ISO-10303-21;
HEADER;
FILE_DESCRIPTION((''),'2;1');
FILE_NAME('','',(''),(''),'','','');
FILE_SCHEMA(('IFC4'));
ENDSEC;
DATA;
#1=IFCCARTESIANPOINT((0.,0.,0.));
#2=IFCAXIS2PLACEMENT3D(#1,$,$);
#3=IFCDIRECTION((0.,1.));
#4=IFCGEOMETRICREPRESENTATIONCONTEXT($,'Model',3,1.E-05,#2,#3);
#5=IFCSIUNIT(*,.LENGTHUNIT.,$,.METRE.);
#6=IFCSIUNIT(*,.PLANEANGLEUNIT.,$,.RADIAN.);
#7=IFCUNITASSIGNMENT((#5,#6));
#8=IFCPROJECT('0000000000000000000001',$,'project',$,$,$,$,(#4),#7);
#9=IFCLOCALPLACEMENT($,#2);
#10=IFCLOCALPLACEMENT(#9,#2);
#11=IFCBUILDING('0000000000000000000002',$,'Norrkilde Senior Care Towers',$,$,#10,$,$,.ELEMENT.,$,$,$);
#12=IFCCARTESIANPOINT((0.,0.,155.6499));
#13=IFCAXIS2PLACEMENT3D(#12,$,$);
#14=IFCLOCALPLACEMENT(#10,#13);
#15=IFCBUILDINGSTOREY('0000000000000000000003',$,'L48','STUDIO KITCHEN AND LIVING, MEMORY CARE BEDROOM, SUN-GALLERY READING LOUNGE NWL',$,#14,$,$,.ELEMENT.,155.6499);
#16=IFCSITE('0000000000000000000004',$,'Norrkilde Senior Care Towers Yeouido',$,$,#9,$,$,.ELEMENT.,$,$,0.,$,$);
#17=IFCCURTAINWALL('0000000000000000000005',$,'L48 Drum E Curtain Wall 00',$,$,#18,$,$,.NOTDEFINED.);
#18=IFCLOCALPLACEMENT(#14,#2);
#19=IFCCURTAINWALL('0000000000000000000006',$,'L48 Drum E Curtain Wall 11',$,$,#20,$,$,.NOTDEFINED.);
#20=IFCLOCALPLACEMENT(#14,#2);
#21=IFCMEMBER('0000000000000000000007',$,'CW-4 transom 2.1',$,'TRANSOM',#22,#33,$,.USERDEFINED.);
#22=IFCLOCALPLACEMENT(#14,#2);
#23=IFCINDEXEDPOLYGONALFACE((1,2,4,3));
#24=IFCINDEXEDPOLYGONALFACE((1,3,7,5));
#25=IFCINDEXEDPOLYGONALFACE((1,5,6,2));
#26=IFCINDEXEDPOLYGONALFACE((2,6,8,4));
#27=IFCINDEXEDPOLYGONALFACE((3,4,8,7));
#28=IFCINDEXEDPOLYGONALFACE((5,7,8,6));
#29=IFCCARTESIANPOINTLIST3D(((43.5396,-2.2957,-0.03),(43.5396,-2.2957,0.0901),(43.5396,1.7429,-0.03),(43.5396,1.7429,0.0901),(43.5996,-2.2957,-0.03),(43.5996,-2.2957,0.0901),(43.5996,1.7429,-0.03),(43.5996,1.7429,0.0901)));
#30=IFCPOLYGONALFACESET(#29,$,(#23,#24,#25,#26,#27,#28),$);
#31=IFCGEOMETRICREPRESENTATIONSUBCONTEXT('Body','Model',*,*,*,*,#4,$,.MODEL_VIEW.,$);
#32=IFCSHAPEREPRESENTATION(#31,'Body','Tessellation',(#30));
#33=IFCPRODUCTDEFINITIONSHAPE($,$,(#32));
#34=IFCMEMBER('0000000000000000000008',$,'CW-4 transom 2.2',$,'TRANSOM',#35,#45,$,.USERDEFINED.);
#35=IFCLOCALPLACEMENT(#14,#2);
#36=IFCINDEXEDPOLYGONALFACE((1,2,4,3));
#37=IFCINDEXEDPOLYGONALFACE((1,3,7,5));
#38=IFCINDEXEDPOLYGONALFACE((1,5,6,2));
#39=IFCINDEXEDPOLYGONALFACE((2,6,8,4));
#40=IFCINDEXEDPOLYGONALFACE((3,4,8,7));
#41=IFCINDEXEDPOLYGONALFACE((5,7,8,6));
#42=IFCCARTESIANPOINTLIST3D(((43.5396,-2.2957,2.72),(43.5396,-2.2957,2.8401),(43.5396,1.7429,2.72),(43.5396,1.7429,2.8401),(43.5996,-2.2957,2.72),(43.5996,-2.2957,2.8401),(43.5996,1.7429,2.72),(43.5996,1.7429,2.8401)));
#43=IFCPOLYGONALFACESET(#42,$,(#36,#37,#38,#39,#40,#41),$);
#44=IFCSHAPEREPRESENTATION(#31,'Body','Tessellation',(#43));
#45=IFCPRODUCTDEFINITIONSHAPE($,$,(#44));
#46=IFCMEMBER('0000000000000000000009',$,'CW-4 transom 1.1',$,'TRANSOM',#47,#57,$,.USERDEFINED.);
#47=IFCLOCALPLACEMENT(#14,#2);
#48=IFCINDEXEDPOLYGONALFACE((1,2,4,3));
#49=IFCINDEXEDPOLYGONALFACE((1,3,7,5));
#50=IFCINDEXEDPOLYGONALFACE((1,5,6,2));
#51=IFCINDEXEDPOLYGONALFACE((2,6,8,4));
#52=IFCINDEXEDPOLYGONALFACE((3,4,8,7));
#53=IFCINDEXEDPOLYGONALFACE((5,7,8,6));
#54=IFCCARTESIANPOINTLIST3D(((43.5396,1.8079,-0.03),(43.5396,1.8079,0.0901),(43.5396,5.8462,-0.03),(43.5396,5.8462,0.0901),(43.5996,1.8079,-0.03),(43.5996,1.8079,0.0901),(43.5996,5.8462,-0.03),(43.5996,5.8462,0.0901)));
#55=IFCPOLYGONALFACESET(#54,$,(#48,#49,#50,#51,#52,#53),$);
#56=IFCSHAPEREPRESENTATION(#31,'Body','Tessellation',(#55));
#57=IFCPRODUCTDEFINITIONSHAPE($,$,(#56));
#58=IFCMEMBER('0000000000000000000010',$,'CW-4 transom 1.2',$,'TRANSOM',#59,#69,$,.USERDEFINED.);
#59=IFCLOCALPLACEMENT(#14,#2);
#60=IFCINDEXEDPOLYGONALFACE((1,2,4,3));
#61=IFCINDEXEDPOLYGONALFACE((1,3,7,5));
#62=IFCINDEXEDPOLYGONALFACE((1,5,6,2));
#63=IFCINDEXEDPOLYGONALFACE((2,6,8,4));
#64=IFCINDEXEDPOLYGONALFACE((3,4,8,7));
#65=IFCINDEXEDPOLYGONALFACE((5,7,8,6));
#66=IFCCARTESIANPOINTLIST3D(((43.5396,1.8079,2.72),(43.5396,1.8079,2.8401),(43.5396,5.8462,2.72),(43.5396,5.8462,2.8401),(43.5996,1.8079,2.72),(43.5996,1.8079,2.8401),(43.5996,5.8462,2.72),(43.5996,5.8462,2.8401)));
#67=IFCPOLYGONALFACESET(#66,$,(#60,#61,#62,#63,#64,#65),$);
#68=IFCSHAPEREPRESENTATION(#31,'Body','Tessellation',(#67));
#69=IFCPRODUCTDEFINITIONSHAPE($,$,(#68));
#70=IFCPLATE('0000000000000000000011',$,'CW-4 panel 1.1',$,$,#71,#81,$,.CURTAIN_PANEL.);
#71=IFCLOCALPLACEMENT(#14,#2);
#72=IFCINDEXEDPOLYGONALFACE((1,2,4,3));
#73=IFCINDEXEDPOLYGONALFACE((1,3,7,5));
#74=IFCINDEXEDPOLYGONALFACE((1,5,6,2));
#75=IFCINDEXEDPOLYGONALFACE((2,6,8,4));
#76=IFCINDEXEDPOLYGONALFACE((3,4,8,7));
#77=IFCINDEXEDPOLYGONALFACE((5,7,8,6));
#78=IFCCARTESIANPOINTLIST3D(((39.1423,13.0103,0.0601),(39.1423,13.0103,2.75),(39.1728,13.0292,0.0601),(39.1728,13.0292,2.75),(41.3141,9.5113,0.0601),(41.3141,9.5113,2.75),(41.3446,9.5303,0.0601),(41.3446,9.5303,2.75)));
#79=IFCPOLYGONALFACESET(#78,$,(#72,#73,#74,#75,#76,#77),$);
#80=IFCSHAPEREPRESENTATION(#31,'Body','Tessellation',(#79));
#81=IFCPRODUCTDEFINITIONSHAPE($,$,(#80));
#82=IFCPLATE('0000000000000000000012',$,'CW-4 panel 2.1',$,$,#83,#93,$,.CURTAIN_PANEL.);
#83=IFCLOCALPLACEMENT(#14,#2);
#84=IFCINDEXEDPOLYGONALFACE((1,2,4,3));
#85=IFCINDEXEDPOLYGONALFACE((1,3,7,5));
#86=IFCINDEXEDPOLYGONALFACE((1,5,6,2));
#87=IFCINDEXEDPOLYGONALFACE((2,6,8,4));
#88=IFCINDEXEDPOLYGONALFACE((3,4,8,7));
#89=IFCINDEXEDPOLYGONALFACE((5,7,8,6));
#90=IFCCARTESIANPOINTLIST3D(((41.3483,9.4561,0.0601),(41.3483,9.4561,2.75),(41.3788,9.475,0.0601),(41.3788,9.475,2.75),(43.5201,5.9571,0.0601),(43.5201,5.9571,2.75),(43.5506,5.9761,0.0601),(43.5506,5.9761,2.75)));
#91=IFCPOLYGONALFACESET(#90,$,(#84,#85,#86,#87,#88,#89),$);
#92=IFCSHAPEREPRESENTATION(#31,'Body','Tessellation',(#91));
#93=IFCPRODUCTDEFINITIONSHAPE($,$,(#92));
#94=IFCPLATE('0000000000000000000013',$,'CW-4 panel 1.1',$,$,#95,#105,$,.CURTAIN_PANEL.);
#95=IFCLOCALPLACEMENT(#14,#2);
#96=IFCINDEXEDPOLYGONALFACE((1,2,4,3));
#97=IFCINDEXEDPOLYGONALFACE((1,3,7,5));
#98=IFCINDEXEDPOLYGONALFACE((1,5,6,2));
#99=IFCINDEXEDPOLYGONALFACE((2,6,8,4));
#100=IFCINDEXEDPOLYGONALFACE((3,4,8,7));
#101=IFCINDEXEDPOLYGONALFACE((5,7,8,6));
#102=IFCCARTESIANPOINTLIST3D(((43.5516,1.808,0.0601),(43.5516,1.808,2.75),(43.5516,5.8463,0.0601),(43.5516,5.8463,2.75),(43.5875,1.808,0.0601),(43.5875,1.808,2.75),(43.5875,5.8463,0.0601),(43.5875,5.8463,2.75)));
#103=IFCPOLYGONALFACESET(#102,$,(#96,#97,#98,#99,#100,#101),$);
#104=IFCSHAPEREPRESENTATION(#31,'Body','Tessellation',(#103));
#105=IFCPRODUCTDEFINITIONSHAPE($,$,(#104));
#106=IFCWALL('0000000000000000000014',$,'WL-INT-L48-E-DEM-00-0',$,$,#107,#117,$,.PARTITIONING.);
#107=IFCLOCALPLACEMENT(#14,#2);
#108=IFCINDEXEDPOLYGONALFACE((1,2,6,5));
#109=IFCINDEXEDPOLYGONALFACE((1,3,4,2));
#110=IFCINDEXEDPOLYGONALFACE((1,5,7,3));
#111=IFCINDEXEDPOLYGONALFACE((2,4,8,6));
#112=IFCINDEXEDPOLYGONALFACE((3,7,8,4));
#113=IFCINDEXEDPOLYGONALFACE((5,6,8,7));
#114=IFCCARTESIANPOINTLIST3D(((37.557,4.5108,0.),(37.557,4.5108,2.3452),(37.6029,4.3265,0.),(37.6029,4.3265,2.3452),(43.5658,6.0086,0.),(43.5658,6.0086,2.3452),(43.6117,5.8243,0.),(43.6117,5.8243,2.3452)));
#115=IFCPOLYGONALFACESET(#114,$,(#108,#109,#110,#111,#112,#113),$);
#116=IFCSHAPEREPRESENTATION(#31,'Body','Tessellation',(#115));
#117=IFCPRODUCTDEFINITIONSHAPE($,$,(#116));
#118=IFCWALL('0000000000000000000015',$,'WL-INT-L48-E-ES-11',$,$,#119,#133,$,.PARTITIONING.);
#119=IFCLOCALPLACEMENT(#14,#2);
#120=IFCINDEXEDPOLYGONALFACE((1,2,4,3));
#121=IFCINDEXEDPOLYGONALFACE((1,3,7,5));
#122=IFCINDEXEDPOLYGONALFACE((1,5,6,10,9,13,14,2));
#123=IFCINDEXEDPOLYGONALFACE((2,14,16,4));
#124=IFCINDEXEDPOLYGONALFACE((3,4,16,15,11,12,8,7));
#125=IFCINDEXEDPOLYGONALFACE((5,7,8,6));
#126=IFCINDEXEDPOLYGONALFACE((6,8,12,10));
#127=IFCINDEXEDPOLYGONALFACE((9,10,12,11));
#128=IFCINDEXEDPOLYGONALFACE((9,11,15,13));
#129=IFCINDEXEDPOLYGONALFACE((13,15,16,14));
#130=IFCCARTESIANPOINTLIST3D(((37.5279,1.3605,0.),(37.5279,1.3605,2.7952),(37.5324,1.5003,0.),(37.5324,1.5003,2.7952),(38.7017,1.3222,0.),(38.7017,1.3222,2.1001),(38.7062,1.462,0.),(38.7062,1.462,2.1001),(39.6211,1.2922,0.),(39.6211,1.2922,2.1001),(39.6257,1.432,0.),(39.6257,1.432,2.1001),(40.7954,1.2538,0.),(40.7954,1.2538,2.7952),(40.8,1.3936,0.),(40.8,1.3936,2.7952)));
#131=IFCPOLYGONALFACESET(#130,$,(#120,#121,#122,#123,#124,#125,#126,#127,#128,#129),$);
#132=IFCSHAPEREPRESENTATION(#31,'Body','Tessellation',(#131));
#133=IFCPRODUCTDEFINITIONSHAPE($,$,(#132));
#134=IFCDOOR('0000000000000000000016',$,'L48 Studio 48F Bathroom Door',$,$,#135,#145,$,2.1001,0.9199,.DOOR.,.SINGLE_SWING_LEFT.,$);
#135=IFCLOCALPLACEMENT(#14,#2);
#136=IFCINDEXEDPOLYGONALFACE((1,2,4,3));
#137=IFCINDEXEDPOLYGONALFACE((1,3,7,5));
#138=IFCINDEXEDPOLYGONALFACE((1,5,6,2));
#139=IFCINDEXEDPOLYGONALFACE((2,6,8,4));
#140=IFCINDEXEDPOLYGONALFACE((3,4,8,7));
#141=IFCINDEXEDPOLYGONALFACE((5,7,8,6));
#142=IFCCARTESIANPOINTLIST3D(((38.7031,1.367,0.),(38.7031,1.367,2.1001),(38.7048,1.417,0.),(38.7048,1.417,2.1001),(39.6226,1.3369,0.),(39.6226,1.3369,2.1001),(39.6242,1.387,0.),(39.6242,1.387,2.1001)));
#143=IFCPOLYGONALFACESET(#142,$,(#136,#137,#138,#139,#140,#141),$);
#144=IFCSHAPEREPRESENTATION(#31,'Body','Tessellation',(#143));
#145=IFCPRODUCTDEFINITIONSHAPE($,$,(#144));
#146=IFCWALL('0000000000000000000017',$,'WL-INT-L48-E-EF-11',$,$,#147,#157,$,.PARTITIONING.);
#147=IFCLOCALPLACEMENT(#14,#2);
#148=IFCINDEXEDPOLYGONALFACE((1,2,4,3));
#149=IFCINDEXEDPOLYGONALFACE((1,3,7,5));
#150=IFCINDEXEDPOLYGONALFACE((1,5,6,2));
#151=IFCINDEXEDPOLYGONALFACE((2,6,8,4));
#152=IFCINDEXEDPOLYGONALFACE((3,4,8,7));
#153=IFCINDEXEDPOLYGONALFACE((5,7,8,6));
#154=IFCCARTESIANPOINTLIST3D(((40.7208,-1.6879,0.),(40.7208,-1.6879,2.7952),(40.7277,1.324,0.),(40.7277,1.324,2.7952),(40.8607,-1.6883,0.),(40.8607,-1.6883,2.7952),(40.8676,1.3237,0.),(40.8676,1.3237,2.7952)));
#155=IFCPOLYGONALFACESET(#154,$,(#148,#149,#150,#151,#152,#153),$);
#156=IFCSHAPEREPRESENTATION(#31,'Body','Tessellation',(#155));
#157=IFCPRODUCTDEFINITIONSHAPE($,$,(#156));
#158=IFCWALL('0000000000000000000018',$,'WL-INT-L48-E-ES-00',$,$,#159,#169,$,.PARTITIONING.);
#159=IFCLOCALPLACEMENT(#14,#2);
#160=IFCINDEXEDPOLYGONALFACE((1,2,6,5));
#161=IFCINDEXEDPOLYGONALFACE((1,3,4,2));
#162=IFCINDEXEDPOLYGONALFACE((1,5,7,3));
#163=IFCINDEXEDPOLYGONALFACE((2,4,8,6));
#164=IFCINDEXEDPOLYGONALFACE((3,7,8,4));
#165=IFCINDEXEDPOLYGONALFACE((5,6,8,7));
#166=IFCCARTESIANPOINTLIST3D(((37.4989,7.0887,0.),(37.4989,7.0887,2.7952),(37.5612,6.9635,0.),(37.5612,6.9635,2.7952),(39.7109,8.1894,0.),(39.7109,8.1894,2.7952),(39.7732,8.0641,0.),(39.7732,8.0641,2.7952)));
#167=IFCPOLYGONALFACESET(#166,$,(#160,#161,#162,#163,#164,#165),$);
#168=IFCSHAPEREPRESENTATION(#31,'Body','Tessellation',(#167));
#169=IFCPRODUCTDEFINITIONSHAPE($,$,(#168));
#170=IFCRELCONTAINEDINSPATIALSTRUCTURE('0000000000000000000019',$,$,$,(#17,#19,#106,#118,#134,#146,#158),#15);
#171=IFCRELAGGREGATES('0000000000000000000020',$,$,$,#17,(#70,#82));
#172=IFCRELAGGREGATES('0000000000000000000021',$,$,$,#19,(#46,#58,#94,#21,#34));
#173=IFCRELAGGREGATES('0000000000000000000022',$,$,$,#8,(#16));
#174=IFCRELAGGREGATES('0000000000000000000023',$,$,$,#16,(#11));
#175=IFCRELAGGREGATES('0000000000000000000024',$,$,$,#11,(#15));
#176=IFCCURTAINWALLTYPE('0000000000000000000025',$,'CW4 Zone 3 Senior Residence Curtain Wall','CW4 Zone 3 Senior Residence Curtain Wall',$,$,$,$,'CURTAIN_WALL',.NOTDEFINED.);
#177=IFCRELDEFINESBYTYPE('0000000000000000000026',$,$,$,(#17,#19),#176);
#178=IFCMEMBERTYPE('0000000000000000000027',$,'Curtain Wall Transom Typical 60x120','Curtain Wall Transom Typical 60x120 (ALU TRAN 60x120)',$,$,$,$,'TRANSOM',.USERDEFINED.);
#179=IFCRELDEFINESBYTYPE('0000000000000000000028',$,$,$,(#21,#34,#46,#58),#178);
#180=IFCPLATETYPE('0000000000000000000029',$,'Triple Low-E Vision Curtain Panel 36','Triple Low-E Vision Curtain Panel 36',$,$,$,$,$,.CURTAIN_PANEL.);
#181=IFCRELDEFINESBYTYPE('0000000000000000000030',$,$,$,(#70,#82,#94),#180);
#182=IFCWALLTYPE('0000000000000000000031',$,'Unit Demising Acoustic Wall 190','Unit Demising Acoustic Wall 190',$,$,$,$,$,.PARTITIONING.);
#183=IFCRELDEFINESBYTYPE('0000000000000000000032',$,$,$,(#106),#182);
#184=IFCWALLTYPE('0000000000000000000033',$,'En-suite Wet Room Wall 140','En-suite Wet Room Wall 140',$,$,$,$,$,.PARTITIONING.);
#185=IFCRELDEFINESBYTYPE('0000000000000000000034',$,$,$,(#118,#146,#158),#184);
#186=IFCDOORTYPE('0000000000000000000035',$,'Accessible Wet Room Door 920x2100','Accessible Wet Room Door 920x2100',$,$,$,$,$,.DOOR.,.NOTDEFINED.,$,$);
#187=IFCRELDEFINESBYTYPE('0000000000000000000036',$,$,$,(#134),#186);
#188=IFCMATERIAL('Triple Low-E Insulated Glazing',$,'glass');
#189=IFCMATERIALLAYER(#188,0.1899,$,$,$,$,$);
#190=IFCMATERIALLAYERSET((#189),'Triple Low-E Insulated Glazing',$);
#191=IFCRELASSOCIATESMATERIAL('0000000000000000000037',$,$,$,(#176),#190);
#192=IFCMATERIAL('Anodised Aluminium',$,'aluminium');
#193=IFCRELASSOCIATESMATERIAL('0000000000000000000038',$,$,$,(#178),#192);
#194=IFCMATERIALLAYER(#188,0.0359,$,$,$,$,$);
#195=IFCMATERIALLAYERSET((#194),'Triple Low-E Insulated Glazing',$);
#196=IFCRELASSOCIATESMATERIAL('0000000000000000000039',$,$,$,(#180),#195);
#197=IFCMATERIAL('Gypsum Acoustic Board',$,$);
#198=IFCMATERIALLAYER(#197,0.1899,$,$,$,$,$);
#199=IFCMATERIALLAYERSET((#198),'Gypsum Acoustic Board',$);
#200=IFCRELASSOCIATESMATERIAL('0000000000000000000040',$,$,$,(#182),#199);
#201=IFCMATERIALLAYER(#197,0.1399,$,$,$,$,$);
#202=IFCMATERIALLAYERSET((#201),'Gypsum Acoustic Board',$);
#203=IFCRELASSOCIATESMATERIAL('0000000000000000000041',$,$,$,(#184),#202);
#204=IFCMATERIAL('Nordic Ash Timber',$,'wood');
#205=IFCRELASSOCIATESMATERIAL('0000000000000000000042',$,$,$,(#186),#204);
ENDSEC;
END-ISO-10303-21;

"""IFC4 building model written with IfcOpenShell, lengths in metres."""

from ifc_helpers import new_model, si_unit, direction, frame, frame_2d, origin, origin_2d, place, context, subcontext, project, spatial, rectangle, extrude, source, transform, mapped, material, layer, layer_set, material_profile, profile_set, type_object, type_shapes, element, fill, aggregate, save


model = new_model("IFC4")

# Units and contexts
model_context = context("Model", 3, precision=1e-05, world=origin(), true_north=direction((0.0, 1.0)))
body_context = subcontext(model_context, "Body", "Model", "MODEL_VIEW")
ifc_project = project(units=[si_unit("LENGTHUNIT", "METRE"), si_unit("PLANEANGLEUNIT", "RADIAN")], contexts=[model_context])

# Site, building, storey
site_placement = place(None, origin())
site = spatial("IfcSite", under=ifc_project, at=site_placement, Name="Norrkilde Senior Care Towers Yeouido", CompositionType="ELEMENT", RefElevation=0.0)
building_placement = place(site_placement, origin())
building = spatial("IfcBuilding", under=site, at=building_placement, Name="Norrkilde Senior Care Towers", CompositionType="ELEMENT")
storey_placement = place(building_placement, frame((0.0, 0.0, 155.6499)))
storey = spatial("IfcBuildingStorey", under=building, at=storey_placement, Name="L48", Description="STUDIO KITCHEN AND LIVING, MEMORY CARE BEDROOM, SUN-GALLERY READING LOUNGE NWL", CompositionType="ELEMENT", Elevation=155.6499)

# Curtain wall
ifc_material_1 = material(Name="Triple Low-E Insulated Glazing", Category="glass")
ifc_layer_1 = layer(ifc_material_1, 0.1899)
ifc_layer_set_1 = layer_set([ifc_layer_1], Name="Triple Low-E Insulated Glazing")
curtain_wall_type = type_object("IfcCurtainWallType", Name="CW4 Zone 3 Senior Residence Curtain Wall", Description="CW4 Zone 3 Senior Residence Curtain Wall", ElementType="CURTAIN_WALL", PredefinedType="NOTDEFINED", material=ifc_layer_set_1)
curtain_wall_1_placement = place(storey_placement, origin())
curtain_wall_1 = element("IfcCurtainWall", 1, at=curtain_wall_1_placement, inside=storey, type_object=curtain_wall_type, Name="L48 Drum E Curtain Wall 00", PredefinedType="NOTDEFINED")
ifc_material_2 = material(Name="Anodised Aluminium", Category="aluminium")

# Curtain wall
curtain_wall_2_placement = place(storey_placement, origin())
curtain_wall_2 = element("IfcCurtainWall", 2, at=curtain_wall_2_placement, inside=storey, type_object=curtain_wall_type, Name="L48 Drum E Curtain Wall 11", PredefinedType="NOTDEFINED")

# Members
ifc_material_profile_1 = material_profile(ifc_material_2, rectangle(XDim=0.0601, YDim=0.1201, at=origin_2d()), Name="ALU TRAN 60x120")
ifc_profile_set_1 = profile_set([ifc_material_profile_1], Name="Anodised Aluminium")
member_type_1 = type_object("IfcMemberType", Name="Curtain Wall Transom Typical 60x120", Description="Curtain Wall Transom Typical 60x120 (ALU TRAN 60x120)", ElementType="TRANSOM", PredefinedType="USERDEFINED", material=ifc_profile_set_1)
shared_shape_1 = source(origin(), body_context, "Body", "SweptSolid", [
    extrude(rectangle(XDim=0.0601, YDim=0.1201, at=origin_2d()), origin(), (0.0, 0.0, 1.0), 4.0386),
])
member_1_placement = place(storey_placement, frame((43.5696, 1.7429, 0.03), z_axis=(0.0, -1.0, 0.0), x_axis=(1.0, 0.0, 0.0)))
member_1 = element("IfcMember", 3, at=member_1_placement, type_object=member_type_1, Name="CW-4 transom 2.1", ObjectType="TRANSOM", PredefinedType="USERDEFINED", context=body_context, shape_type="MappedRepresentation", body=[
    mapped(shared_shape_1, transform((0.0, 0.0, 0.0), x_axis=(1.0, 0.0, 0.0), y_axis=(0.0, 1.0, 0.0), z_axis=(0.0, 0.0, 1.0), scale=1.0)),
])
member_2_placement = place(storey_placement, frame((43.5696, 1.7429, 2.78), z_axis=(0.0, -1.0, 0.0), x_axis=(1.0, 0.0, 0.0)))
member_2 = element("IfcMember", 4, at=member_2_placement, type_object=member_type_1, Name="CW-4 transom 2.2", ObjectType="TRANSOM", PredefinedType="USERDEFINED", context=body_context, shape_type="MappedRepresentation", body=[
    mapped(shared_shape_1, transform((0.0, 0.0, 0.0), x_axis=(1.0, 0.0, 0.0), y_axis=(0.0, 1.0, 0.0), z_axis=(0.0, 0.0, 1.0), scale=1.0)),
])
shared_shape_2 = source(origin(), body_context, "Body", "SweptSolid", [
    extrude(rectangle(XDim=0.0601, YDim=0.1201, at=origin_2d()), origin(), (0.0, 0.0, 1.0), 4.0383),
])
member_3_placement = place(storey_placement, frame((43.5696, 5.8462, 0.03), z_axis=(0.0, -1.0, 0.0), x_axis=(1.0, 0.0, 0.0)))
member_3 = element("IfcMember", 5, at=member_3_placement, type_object=member_type_1, Name="CW-4 transom 1.1", ObjectType="TRANSOM", PredefinedType="USERDEFINED", context=body_context, shape_type="MappedRepresentation", body=[
    mapped(shared_shape_2, transform((0.0, 0.0, 0.0), x_axis=(1.0, 0.0, 0.0), y_axis=(0.0, 1.0, 0.0), z_axis=(0.0, 0.0, 1.0), scale=1.0)),
])
member_4_placement = place(storey_placement, frame((43.5696, 5.8462, 2.78), z_axis=(0.0, -1.0, 0.0), x_axis=(1.0, 0.0, 0.0)))
member_4 = element("IfcMember", 6, at=member_4_placement, type_object=member_type_1, Name="CW-4 transom 1.2", ObjectType="TRANSOM", PredefinedType="USERDEFINED", context=body_context, shape_type="MappedRepresentation", body=[
    mapped(shared_shape_2, transform((0.0, 0.0, 0.0), x_axis=(1.0, 0.0, 0.0), y_axis=(0.0, 1.0, 0.0), z_axis=(0.0, 0.0, 1.0), scale=1.0)),
])

# Plates
ifc_layer_2 = layer(ifc_material_1, 0.0359)
ifc_layer_set_2 = layer_set([ifc_layer_2], Name="Triple Low-E Insulated Glazing")
plate_type = type_object("IfcPlateType", Name="Triple Low-E Vision Curtain Panel 36", Description="Triple Low-E Vision Curtain Panel 36", PredefinedType="CURTAIN_PANEL", material=ifc_layer_set_2)
shared_shape_3 = source(origin(), body_context, "Body", "SweptSolid", [
    extrude(rectangle(XDim=4.1182, YDim=0.0359, at=origin_2d()), origin(), (0.0, 0.0, 1.0), 2.6899),
])
plate_1_placement = place(storey_placement, frame((40.2434, 11.2703, 0.0601), z_axis=(0.0, 0.0, 1.0), x_axis=(0.527373, -0.849634, 0.0)))
plate_1 = element("IfcPlate", 7, at=plate_1_placement, type_object=plate_type, Name="CW-4 panel 1.1", PredefinedType="CURTAIN_PANEL", context=body_context, shape_type="MappedRepresentation", body=[
    mapped(shared_shape_3, transform((0.0, 0.0, 0.0), x_axis=(1.0, 0.0, 0.0), y_axis=(0.0, 1.0, 0.0), z_axis=(0.0, 0.0, 1.0), scale=1.0)),
])
plate_2_placement = place(storey_placement, frame((42.4495, 7.7161, 0.0601), z_axis=(0.0, 0.0, 1.0), x_axis=(0.527373, -0.849634, 0.0)))
plate_2 = element("IfcPlate", 8, at=plate_2_placement, type_object=plate_type, Name="CW-4 panel 2.1", PredefinedType="CURTAIN_PANEL", context=body_context, shape_type="MappedRepresentation", body=[
    mapped(shared_shape_3, transform((0.0, 0.0, 0.0), x_axis=(1.0, 0.0, 0.0), y_axis=(0.0, 1.0, 0.0), z_axis=(0.0, 0.0, 1.0), scale=1.0)),
])
aggregate(curtain_wall_1, [plate_1, plate_2])
shared_shape_4 = source(origin(), body_context, "Body", "SweptSolid", [
    extrude(rectangle(XDim=4.0383, YDim=0.0359, at=origin_2d()), origin(), (0.0, 0.0, 1.0), 2.6899),
])
type_shapes(plate_type, [shared_shape_3, shared_shape_4])
plate_3_placement = place(storey_placement, frame((43.5696, 3.8271, 0.0601), z_axis=(0.0, 0.0, 1.0), x_axis=(0.0, -1.0, 0.0)))
plate_3 = element("IfcPlate", 9, at=plate_3_placement, type_object=plate_type, Name="CW-4 panel 1.1", PredefinedType="CURTAIN_PANEL", context=body_context, shape_type="MappedRepresentation", body=[
    mapped(shared_shape_4, transform((0.0, 0.0, 0.0), x_axis=(1.0, 0.0, 0.0), y_axis=(0.0, 1.0, 0.0), z_axis=(0.0, 0.0, 1.0), scale=1.0)),
])
aggregate(curtain_wall_2, [member_3, member_4, plate_3, member_1, member_2])

# Wall
ifc_material_3 = material(Name="Gypsum Acoustic Board")
ifc_layer_3 = layer(ifc_material_3, 0.1899)
ifc_layer_set_3 = layer_set([ifc_layer_3], Name="Gypsum Acoustic Board")
wall_type_1 = type_object("IfcWallType", Name="Unit Demising Acoustic Wall 190", Description="Unit Demising Acoustic Wall 190", PredefinedType="PARTITIONING", material=ifc_layer_set_3)
shared_shape_5 = source(origin(), body_context, "Body", "SweptSolid", [
    extrude(rectangle(XDim=6.1926, YDim=0.1899, at=frame_2d((3.0962, 0.0))), origin(), (0.0, 0.0, 1.0), 2.3452),
])
type_shapes(wall_type_1, [shared_shape_5])
wall_1_placement = place(storey_placement, frame((37.5801, 4.4187, 0.0), z_axis=(0.0, 0.0, 1.0), x_axis=(0.970309, 0.241868, 0.0)))
element("IfcWall", 10, at=wall_1_placement, inside=storey, type_object=wall_type_1, Name="WL-INT-L48-E-DEM-00-0", PredefinedType="PARTITIONING", context=body_context, shape_type="MappedRepresentation", body=[
    mapped(shared_shape_5, transform((0.0, 0.0, 0.0), x_axis=(1.0, 0.0, 0.0), y_axis=(0.0, 1.0, 0.0), z_axis=(0.0, 0.0, 1.0), scale=1.0)),
])

# Wall, opening, door
ifc_layer_4 = layer(ifc_material_3, 0.1399)
ifc_layer_set_4 = layer_set([ifc_layer_4], Name="Gypsum Acoustic Board")
wall_type_2 = type_object("IfcWallType", Name="En-suite Wet Room Wall 140", Description="En-suite Wet Room Wall 140", PredefinedType="PARTITIONING", material=ifc_layer_set_4)
shared_shape_6 = source(origin(), body_context, "Body", "SweptSolid", [
    extrude(rectangle(XDim=3.2693, YDim=0.1399, at=frame_2d((1.6348, 0.0))), origin(), (0.0, 0.0, 1.0), 2.7952),
])
wall_2_placement = place(storey_placement, frame((37.53, 1.4304, 0.0), z_axis=(0.0, 0.0, 1.0), x_axis=(0.999467, -0.032634, 0.0)))
wall_2 = element("IfcWall", 11, at=wall_2_placement, inside=storey, type_object=wall_type_2, Name="WL-INT-L48-E-ES-11", PredefinedType="PARTITIONING", context=body_context, shape_type="MappedRepresentation", body=[
    mapped(shared_shape_6, transform((0.0, 0.0, 0.0), x_axis=(1.0, 0.0, 0.0), y_axis=(0.0, 1.0, 0.0), z_axis=(0.0, 0.0, 1.0), scale=1.0)),
])
opening_1_placement = place(wall_2_placement, frame((1.1746, 0.0, 0.0)))
opening_1 = element("IfcOpeningElement", 12, at=opening_1_placement, cuts=wall_2, PredefinedType="OPENING", context=body_context, shape_type="SweptSolid", body=[
    extrude(rectangle(XDim=0.9199, YDim=2.1001, at=frame_2d((0.46, 1.05))), frame((0.0, 0.0798, 0.0), z_axis=(0.0, -1.0, 0.0), x_axis=(1.0, 0.0, 0.0)), (0.0, 0.0, 1.0), 0.1599),
])
ifc_material_4 = material(Name="Nordic Ash Timber", Category="wood")
door_type = type_object("IfcDoorType", Name="Accessible Wet Room Door 920x2100", Description="Accessible Wet Room Door 920x2100", OperationType="NOTDEFINED", PredefinedType="DOOR", material=ifc_material_4)
shared_shape_7 = source(origin(), body_context, "Body", "SweptSolid", [
    extrude(rectangle(XDim=0.9199, YDim=2.1001, at=frame_2d((0.46, 1.05))), frame((0.0, 0.0249, 0.0), z_axis=(0.0, -1.0, 0.0), x_axis=(1.0, 0.0, 0.0)), (0.0, 0.0, 1.0), 0.05),
])
type_shapes(door_type, [shared_shape_7])
door_1_placement = place(opening_1_placement, origin())
door_1 = element("IfcDoor", 13, at=door_1_placement, inside=storey, type_object=door_type, Name="L48 Studio 48F Bathroom Door", OperationType="SINGLE_SWING_LEFT", OverallHeight=2.1001, OverallWidth=0.9199, PredefinedType="DOOR", context=body_context, shape_type="MappedRepresentation", body=[
    mapped(shared_shape_7, transform((0.0, 0.0, 0.0), x_axis=(1.0, 0.0, 0.0), y_axis=(0.0, 1.0, 0.0), z_axis=(0.0, 0.0, 1.0), scale=1.0)),
])
fill(opening_1, door_1)

# Walls
shared_shape_8 = source(origin(), body_context, "Body", "SweptSolid", [
    extrude(rectangle(XDim=3.012, YDim=0.1399, at=frame_2d((1.5059, 0.0))), origin(), (0.0, 0.0, 1.0), 2.7952),
])
wall_3_placement = place(storey_placement, frame((40.7976, 1.3237, 0.0), z_axis=(0.0, 0.0, 1.0), x_axis=(-0.00227, -0.999997, 0.0)))
element("IfcWall", 14, at=wall_3_placement, inside=storey, type_object=wall_type_2, Name="WL-INT-L48-E-EF-11", PredefinedType="PARTITIONING", context=body_context, shape_type="MappedRepresentation", body=[
    mapped(shared_shape_8, transform((0.0, 0.0, 0.0), x_axis=(1.0, 0.0, 0.0), y_axis=(0.0, 1.0, 0.0), z_axis=(0.0, 0.0, 1.0), scale=1.0)),
])
shared_shape_9 = source(origin(), body_context, "Body", "SweptSolid", [
    extrude(rectangle(XDim=2.4707, YDim=0.1399, at=frame_2d((1.2354, 0.0))), origin(), (0.0, 0.0, 1.0), 2.7952),
])
wall_4_placement = place(storey_placement, frame((37.53, 7.0261, 0.0), z_axis=(0.0, 0.0, 1.0), x_axis=(0.895295, 0.445474, 0.0)))
element("IfcWall", 15, at=wall_4_placement, inside=storey, type_object=wall_type_2, Name="WL-INT-L48-E-ES-00", PredefinedType="PARTITIONING", context=body_context, shape_type="MappedRepresentation", body=[
    mapped(shared_shape_9, transform((0.0, 0.0, 0.0), x_axis=(1.0, 0.0, 0.0), y_axis=(0.0, 1.0, 0.0), z_axis=(0.0, 0.0, 1.0), scale=1.0)),
])

save(model, "model.ifc")
